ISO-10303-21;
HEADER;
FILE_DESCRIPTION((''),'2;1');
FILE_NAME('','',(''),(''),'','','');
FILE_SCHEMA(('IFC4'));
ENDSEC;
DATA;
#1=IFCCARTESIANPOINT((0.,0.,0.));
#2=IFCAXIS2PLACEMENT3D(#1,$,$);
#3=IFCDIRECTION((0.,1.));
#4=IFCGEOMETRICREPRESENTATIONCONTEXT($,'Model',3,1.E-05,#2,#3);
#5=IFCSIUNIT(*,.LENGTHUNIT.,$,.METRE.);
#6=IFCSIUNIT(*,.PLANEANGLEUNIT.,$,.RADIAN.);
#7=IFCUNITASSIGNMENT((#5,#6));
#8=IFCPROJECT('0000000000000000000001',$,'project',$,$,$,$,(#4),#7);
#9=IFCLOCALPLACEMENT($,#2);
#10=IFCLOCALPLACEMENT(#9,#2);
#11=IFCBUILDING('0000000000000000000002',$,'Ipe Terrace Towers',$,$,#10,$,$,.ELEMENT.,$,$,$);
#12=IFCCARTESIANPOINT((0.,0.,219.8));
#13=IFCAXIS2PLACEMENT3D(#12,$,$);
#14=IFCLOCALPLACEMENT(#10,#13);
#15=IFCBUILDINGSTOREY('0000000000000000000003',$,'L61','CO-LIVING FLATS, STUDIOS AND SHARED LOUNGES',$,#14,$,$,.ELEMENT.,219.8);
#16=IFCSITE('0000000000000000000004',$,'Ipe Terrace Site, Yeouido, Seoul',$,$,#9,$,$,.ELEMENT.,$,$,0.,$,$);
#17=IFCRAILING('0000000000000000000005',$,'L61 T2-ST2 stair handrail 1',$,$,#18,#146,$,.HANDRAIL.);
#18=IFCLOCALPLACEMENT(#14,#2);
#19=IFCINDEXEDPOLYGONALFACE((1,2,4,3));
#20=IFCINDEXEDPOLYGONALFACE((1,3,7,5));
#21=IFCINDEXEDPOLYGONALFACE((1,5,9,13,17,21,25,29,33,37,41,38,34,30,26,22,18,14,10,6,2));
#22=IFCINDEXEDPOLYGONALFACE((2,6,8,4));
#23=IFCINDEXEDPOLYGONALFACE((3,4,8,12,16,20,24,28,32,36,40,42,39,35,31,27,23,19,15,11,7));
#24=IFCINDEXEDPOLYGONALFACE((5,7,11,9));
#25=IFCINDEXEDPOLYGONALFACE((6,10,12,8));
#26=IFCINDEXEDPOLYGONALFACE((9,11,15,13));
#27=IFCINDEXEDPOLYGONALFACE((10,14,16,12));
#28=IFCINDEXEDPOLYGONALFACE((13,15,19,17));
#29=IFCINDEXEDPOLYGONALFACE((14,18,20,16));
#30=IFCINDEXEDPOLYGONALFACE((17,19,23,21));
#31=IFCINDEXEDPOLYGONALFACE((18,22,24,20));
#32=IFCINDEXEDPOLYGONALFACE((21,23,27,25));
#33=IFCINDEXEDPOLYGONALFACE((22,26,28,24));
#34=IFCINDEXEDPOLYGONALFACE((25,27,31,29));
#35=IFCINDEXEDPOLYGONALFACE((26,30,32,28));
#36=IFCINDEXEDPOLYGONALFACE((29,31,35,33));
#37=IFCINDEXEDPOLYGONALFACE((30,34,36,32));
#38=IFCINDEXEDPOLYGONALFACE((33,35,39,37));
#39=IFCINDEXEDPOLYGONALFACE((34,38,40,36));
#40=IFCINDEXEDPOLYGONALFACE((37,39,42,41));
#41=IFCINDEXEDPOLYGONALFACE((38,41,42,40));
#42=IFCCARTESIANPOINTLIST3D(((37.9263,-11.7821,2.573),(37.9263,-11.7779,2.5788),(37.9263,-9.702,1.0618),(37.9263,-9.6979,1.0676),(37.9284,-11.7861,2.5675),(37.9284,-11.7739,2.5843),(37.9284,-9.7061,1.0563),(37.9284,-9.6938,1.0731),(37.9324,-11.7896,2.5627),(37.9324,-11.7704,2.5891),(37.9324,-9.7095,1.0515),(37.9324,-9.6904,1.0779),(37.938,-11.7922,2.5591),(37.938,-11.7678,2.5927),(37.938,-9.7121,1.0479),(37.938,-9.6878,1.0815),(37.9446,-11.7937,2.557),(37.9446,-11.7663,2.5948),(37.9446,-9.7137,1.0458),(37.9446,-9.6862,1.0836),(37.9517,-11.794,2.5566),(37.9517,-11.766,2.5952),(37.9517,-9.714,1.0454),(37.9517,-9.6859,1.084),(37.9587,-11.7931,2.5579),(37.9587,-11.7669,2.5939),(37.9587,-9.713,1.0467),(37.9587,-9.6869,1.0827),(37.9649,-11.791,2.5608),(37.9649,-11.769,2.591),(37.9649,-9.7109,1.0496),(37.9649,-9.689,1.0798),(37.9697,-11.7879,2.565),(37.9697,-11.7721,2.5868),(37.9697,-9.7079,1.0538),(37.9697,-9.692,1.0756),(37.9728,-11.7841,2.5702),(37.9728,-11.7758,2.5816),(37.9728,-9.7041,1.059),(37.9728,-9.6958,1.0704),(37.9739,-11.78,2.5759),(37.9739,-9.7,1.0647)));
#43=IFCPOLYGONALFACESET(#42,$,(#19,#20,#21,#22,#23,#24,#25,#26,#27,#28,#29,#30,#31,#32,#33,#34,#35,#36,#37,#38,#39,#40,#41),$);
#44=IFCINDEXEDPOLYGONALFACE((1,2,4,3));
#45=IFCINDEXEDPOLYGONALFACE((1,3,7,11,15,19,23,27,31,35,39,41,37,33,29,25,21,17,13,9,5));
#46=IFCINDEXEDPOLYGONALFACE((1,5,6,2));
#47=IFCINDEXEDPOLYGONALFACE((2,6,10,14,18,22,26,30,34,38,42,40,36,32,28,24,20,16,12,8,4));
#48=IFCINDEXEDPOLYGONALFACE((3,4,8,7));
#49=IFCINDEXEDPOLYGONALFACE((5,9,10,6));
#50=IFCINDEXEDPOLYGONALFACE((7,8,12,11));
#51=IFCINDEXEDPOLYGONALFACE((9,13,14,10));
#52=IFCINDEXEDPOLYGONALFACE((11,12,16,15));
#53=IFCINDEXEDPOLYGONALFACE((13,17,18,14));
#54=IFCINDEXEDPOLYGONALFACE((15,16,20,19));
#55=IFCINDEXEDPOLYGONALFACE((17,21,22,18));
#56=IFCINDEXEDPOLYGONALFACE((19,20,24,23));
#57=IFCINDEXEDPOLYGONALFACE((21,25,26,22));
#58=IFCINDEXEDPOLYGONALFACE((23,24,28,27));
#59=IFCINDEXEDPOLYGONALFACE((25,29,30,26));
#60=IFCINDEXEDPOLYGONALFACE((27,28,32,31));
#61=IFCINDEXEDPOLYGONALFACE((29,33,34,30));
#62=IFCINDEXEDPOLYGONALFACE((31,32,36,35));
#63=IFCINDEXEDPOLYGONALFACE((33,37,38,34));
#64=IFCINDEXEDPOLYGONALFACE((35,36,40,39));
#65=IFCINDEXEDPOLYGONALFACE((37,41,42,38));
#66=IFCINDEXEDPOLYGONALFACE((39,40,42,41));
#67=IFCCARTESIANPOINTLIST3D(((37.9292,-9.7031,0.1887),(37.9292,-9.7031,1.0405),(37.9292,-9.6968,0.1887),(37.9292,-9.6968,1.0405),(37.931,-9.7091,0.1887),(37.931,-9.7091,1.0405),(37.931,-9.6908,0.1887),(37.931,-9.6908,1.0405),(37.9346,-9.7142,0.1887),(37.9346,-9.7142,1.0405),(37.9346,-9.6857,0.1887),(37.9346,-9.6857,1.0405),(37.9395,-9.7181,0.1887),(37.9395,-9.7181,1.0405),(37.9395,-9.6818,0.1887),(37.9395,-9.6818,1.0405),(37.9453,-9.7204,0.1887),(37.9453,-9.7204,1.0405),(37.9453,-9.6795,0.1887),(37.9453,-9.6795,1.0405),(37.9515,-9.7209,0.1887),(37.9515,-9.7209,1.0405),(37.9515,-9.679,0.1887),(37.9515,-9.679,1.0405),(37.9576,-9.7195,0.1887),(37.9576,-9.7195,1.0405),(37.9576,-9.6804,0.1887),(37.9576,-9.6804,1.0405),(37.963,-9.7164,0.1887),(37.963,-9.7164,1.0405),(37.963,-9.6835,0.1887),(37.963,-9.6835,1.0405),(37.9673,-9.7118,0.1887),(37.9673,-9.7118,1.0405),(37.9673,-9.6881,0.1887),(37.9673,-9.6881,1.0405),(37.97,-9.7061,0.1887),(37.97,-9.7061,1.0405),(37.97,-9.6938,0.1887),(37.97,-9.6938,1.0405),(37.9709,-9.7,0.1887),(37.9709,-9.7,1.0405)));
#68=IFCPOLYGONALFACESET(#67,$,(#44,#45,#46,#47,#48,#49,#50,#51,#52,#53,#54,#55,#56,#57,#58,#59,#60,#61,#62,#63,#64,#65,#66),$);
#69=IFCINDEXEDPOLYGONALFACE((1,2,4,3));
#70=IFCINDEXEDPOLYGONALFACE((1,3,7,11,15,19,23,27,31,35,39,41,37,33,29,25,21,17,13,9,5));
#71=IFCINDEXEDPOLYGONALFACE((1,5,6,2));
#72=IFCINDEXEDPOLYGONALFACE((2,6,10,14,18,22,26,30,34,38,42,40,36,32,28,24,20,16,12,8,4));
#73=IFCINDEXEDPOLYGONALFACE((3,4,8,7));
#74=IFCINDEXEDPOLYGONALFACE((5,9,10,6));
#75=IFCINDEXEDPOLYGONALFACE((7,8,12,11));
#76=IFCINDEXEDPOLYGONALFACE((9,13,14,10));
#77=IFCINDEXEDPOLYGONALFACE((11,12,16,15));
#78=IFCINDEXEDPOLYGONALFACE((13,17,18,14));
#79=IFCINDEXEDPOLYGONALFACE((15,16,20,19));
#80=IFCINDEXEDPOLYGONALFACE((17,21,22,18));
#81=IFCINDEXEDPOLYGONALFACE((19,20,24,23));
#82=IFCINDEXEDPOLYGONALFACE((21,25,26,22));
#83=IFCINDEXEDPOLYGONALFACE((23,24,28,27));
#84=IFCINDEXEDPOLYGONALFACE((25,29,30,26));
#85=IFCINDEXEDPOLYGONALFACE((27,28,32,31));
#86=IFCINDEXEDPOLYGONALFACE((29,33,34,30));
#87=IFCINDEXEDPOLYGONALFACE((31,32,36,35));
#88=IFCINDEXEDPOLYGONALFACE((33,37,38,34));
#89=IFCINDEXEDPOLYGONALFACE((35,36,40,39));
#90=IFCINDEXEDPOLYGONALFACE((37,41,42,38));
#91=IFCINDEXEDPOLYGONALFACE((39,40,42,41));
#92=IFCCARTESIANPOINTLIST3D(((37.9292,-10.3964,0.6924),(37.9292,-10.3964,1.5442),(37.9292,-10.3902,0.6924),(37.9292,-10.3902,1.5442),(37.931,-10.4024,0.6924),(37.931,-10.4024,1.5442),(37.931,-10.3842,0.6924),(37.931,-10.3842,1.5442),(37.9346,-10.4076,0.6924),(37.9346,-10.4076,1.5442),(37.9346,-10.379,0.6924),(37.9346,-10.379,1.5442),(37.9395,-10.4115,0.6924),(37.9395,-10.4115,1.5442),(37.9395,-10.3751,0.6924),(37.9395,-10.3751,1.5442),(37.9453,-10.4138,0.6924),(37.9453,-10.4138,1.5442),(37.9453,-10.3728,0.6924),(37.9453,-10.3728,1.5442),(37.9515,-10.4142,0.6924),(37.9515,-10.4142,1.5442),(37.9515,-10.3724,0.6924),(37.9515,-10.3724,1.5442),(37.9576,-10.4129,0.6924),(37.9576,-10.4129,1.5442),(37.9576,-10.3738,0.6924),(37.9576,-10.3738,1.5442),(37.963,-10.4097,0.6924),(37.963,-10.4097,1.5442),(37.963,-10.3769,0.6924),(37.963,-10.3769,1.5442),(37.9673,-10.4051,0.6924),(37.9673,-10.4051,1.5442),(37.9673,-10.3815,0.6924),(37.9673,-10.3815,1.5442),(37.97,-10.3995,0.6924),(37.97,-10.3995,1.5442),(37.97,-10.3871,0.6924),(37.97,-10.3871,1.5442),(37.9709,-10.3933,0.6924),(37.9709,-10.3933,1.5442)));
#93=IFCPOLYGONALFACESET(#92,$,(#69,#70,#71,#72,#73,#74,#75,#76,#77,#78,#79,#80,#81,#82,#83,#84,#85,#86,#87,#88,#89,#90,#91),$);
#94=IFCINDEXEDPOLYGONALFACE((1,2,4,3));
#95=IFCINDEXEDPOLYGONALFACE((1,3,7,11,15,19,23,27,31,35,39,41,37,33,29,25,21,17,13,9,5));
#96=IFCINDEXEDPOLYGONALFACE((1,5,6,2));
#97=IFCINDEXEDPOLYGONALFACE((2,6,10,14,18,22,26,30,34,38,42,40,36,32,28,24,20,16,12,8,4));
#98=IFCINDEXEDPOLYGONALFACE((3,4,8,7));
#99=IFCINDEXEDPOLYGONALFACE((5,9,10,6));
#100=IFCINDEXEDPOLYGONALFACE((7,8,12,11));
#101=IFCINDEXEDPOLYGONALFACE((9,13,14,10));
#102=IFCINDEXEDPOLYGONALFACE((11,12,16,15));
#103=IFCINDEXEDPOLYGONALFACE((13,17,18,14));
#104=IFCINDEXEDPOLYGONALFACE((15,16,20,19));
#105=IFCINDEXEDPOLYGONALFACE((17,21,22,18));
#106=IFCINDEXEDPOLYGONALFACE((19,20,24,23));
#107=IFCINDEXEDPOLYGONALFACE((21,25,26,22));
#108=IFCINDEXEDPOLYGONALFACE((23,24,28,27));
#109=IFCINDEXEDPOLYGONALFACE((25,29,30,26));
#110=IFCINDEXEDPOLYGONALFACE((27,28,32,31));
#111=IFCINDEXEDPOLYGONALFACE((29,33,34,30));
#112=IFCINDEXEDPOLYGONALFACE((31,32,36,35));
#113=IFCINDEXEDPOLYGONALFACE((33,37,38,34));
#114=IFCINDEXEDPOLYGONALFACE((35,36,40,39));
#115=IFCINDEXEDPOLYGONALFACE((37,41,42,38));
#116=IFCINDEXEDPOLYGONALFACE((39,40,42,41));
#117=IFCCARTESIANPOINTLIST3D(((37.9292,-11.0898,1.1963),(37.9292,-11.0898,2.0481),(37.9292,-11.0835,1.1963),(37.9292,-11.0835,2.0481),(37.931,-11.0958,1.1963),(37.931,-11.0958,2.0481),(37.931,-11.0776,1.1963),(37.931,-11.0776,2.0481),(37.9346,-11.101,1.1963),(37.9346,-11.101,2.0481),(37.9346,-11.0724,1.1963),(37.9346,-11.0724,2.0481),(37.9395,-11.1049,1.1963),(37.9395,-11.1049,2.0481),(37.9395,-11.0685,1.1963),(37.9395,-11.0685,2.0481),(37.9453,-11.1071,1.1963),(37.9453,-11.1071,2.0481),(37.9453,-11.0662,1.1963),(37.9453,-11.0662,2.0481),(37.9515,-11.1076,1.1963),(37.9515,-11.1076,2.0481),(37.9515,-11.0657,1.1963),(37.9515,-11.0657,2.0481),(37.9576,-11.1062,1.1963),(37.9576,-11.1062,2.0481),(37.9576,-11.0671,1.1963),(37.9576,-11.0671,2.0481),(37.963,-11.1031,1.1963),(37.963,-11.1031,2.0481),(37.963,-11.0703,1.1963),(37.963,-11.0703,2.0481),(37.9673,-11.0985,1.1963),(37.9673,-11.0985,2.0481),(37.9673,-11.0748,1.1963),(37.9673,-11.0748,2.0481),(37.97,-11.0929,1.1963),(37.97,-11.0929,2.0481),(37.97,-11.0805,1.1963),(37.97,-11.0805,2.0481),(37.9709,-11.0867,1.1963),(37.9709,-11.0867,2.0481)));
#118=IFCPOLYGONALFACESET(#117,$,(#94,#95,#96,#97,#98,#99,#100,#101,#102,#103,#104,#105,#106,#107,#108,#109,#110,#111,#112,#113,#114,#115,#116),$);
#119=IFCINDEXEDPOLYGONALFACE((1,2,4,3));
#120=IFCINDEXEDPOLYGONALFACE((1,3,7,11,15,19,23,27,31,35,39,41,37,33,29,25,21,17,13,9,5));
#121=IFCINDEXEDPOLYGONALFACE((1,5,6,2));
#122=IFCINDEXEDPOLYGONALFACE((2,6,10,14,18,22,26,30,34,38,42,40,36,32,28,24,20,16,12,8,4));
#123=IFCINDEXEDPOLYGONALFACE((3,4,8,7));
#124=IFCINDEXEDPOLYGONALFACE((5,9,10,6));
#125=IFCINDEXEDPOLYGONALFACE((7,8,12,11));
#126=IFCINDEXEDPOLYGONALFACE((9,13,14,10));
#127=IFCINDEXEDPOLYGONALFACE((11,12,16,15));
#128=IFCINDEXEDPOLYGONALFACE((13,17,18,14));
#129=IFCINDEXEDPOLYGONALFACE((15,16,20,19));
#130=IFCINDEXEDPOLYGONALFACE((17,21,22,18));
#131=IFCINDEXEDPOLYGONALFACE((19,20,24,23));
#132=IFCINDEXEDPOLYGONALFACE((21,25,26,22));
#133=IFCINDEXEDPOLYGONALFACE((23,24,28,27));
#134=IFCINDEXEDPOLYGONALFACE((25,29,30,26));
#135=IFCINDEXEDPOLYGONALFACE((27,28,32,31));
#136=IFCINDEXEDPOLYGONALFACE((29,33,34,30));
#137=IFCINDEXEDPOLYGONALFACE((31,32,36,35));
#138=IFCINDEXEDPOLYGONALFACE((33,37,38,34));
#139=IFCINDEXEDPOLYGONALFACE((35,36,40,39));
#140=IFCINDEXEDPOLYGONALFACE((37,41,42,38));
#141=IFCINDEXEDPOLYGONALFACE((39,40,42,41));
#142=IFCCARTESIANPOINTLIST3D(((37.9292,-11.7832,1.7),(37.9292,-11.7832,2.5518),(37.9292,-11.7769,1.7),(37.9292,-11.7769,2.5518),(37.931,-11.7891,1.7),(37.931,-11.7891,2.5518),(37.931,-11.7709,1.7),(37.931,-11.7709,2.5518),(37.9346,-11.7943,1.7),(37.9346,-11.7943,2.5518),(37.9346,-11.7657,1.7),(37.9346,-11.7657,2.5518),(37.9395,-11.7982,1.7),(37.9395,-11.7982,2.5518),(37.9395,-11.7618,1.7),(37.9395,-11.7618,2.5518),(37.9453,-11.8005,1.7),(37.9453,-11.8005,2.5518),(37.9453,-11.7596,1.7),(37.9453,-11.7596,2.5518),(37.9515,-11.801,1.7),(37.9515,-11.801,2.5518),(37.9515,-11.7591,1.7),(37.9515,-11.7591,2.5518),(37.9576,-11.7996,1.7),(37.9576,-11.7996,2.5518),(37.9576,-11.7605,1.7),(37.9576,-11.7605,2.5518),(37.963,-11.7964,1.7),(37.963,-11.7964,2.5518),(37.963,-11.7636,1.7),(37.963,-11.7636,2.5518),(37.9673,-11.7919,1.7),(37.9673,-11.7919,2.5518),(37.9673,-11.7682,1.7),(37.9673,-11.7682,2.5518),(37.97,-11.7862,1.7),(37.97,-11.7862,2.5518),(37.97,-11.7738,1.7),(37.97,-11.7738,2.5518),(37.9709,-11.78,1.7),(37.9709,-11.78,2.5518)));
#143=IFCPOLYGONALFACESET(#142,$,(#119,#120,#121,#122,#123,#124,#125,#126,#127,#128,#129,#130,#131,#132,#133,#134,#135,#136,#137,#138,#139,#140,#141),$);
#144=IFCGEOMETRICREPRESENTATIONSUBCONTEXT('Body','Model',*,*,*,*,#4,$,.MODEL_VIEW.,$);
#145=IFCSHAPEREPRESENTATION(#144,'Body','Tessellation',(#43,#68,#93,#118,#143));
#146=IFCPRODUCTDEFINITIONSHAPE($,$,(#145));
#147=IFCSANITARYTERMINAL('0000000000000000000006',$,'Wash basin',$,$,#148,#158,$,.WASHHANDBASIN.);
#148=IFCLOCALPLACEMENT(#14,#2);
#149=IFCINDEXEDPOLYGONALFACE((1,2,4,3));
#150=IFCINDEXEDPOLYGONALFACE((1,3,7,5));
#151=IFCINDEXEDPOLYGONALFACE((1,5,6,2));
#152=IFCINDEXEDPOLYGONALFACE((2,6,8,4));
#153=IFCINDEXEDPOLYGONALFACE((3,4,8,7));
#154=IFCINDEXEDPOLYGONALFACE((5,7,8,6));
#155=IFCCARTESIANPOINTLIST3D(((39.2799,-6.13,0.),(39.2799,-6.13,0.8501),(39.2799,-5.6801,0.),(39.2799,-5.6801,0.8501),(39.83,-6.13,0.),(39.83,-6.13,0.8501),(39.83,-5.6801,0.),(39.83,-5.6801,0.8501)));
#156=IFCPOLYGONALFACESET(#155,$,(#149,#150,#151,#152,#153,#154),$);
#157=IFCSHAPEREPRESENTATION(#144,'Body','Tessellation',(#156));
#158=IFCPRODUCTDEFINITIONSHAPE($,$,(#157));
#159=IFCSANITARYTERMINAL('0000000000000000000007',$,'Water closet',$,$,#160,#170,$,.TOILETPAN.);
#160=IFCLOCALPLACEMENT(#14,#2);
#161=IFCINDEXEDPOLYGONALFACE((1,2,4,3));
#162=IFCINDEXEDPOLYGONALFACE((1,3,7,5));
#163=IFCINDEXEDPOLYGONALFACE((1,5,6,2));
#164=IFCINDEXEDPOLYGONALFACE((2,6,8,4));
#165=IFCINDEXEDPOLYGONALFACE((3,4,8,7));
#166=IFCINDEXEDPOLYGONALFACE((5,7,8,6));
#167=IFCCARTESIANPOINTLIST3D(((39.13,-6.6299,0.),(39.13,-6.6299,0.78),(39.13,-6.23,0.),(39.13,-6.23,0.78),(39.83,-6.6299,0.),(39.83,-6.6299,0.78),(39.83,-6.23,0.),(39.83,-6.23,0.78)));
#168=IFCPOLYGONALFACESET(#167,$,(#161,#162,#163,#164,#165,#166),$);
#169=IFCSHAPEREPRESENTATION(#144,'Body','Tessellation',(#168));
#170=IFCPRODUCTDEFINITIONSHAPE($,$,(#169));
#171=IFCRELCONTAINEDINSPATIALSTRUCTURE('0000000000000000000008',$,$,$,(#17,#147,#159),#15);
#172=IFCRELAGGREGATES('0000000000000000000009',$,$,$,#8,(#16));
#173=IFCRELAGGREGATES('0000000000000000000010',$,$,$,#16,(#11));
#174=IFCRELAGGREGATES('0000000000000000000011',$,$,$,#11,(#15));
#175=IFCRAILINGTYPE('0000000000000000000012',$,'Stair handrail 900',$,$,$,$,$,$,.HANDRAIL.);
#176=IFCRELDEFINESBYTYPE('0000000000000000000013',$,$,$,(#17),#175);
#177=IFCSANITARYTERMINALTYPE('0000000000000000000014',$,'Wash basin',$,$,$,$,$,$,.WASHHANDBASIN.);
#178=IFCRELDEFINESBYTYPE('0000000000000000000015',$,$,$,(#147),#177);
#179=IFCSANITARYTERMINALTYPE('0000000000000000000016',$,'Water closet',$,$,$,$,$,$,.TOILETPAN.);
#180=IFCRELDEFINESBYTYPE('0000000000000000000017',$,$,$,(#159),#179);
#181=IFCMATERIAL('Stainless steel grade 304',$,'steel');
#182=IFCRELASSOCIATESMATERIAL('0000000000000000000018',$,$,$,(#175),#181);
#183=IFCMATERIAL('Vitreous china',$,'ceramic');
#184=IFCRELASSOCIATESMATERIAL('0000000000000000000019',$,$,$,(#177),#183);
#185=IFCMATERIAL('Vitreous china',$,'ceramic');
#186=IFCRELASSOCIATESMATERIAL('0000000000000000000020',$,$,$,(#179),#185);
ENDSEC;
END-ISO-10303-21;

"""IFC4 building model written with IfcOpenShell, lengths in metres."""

from ifc_helpers import new_model, si_unit, direction, frame, origin, origin_2d, place, context, subcontext, project, spatial, rectangle, circle, extrude, material, type_object, element, save


model = new_model("IFC4")

# Units and contexts
model_context = context("Model", 3, precision=1e-05, world=origin(), true_north=direction((0.0, 1.0)))
body_context = subcontext(model_context, "Body", "Model", "MODEL_VIEW")
ifc_project = project(units=[si_unit("LENGTHUNIT", "METRE"), si_unit("PLANEANGLEUNIT", "RADIAN")], contexts=[model_context])

# Site, building, storey
site_placement = place(None, origin())
site = spatial("IfcSite", under=ifc_project, at=site_placement, Name="Ipe Terrace Site, Yeouido, Seoul", CompositionType="ELEMENT", RefElevation=0.0)
building_placement = place(site_placement, origin())
building = spatial("IfcBuilding", under=site, at=building_placement, Name="Ipe Terrace Towers", CompositionType="ELEMENT")
storey_placement = place(building_placement, frame((0.0, 0.0, 219.8)))
storey = spatial("IfcBuildingStorey", under=building, at=storey_placement, Name="L61", Description="CO-LIVING FLATS, STUDIOS AND SHARED LOUNGES", CompositionType="ELEMENT", Elevation=219.8)

# Railing
ifc_material_1 = material(Name="Stainless steel grade 304", Category="steel")
railing_type_1 = type_object("IfcRailingType", Name="Stair handrail 900", PredefinedType="HANDRAIL", material=ifc_material_1)
railing_1_placement = place(storey_placement, frame((37.95, -9.7, 0.1887)))
element("IfcRailing", 1, at=railing_1_placement, inside=storey, type_object=railing_type_1, Name="L61 T2-ST2 stair handrail 1", PredefinedType="HANDRAIL", context=body_context, shape_type="SweptSolid", body=[
    extrude(circle(Radius=0.0239, at=origin_2d()), frame((0.0, 0.0, 0.876), z_axis=(0.0, -0.809023, 0.587776), x_axis=(1.0, 0.0, 0.0)), (0.0, 0.0, 1.0), 2.571),
    extrude(circle(Radius=0.021, at=origin_2d()), origin(), (0.0, 0.0, 1.0), 0.8518),
    extrude(circle(Radius=0.021, at=origin_2d()), frame((0.0, -0.6934, 0.5037)), (0.0, 0.0, 1.0), 0.8518),
    extrude(circle(Radius=0.021, at=origin_2d()), frame((0.0, -1.3867, 1.0076)), (0.0, 0.0, 1.0), 0.8518),
    extrude(circle(Radius=0.021, at=origin_2d()), frame((0.0, -2.0801, 1.5112)), (0.0, 0.0, 1.0), 0.8518),
])

# Sanitary terminals
ifc_material_2 = material(Name="Vitreous china", Category="ceramic")
sanitary_terminal_type_1 = type_object("IfcSanitaryTerminalType", Name="Wash basin", PredefinedType="WASHHANDBASIN", material=ifc_material_2)
sanitary_terminal_1_placement = place(storey_placement, frame((39.5549, -5.905, 0.0), z_axis=(0.0, 0.0, 1.0), x_axis=(-1.0, 0.0, 0.0)))
element("IfcSanitaryTerminal", 2, at=sanitary_terminal_1_placement, inside=storey, type_object=sanitary_terminal_type_1, Name="Wash basin", PredefinedType="WASHHANDBASIN", context=body_context, shape_type="SweptSolid", body=[
    extrude(rectangle(XDim=0.55, YDim=0.45, at=origin_2d()), origin(), (0.0, 0.0, 1.0), 0.8501),
])
ifc_material_3 = material(Name="Vitreous china", Category="ceramic")
sanitary_terminal_type_2 = type_object("IfcSanitaryTerminalType", Name="Water closet", PredefinedType="TOILETPAN", material=ifc_material_3)
sanitary_terminal_2_placement = place(storey_placement, frame((39.48, -6.4299, 0.0), z_axis=(0.0, 0.0, 1.0), x_axis=(-1.0, 0.0, 0.0)))
element("IfcSanitaryTerminal", 3, at=sanitary_terminal_2_placement, inside=storey, type_object=sanitary_terminal_type_2, Name="Water closet", PredefinedType="TOILETPAN", context=body_context, shape_type="SweptSolid", body=[
    extrude(rectangle(XDim=0.7, YDim=0.3999, at=origin_2d()), origin(), (0.0, 0.0, 1.0), 0.78),
])

save(model, "model.ifc")
